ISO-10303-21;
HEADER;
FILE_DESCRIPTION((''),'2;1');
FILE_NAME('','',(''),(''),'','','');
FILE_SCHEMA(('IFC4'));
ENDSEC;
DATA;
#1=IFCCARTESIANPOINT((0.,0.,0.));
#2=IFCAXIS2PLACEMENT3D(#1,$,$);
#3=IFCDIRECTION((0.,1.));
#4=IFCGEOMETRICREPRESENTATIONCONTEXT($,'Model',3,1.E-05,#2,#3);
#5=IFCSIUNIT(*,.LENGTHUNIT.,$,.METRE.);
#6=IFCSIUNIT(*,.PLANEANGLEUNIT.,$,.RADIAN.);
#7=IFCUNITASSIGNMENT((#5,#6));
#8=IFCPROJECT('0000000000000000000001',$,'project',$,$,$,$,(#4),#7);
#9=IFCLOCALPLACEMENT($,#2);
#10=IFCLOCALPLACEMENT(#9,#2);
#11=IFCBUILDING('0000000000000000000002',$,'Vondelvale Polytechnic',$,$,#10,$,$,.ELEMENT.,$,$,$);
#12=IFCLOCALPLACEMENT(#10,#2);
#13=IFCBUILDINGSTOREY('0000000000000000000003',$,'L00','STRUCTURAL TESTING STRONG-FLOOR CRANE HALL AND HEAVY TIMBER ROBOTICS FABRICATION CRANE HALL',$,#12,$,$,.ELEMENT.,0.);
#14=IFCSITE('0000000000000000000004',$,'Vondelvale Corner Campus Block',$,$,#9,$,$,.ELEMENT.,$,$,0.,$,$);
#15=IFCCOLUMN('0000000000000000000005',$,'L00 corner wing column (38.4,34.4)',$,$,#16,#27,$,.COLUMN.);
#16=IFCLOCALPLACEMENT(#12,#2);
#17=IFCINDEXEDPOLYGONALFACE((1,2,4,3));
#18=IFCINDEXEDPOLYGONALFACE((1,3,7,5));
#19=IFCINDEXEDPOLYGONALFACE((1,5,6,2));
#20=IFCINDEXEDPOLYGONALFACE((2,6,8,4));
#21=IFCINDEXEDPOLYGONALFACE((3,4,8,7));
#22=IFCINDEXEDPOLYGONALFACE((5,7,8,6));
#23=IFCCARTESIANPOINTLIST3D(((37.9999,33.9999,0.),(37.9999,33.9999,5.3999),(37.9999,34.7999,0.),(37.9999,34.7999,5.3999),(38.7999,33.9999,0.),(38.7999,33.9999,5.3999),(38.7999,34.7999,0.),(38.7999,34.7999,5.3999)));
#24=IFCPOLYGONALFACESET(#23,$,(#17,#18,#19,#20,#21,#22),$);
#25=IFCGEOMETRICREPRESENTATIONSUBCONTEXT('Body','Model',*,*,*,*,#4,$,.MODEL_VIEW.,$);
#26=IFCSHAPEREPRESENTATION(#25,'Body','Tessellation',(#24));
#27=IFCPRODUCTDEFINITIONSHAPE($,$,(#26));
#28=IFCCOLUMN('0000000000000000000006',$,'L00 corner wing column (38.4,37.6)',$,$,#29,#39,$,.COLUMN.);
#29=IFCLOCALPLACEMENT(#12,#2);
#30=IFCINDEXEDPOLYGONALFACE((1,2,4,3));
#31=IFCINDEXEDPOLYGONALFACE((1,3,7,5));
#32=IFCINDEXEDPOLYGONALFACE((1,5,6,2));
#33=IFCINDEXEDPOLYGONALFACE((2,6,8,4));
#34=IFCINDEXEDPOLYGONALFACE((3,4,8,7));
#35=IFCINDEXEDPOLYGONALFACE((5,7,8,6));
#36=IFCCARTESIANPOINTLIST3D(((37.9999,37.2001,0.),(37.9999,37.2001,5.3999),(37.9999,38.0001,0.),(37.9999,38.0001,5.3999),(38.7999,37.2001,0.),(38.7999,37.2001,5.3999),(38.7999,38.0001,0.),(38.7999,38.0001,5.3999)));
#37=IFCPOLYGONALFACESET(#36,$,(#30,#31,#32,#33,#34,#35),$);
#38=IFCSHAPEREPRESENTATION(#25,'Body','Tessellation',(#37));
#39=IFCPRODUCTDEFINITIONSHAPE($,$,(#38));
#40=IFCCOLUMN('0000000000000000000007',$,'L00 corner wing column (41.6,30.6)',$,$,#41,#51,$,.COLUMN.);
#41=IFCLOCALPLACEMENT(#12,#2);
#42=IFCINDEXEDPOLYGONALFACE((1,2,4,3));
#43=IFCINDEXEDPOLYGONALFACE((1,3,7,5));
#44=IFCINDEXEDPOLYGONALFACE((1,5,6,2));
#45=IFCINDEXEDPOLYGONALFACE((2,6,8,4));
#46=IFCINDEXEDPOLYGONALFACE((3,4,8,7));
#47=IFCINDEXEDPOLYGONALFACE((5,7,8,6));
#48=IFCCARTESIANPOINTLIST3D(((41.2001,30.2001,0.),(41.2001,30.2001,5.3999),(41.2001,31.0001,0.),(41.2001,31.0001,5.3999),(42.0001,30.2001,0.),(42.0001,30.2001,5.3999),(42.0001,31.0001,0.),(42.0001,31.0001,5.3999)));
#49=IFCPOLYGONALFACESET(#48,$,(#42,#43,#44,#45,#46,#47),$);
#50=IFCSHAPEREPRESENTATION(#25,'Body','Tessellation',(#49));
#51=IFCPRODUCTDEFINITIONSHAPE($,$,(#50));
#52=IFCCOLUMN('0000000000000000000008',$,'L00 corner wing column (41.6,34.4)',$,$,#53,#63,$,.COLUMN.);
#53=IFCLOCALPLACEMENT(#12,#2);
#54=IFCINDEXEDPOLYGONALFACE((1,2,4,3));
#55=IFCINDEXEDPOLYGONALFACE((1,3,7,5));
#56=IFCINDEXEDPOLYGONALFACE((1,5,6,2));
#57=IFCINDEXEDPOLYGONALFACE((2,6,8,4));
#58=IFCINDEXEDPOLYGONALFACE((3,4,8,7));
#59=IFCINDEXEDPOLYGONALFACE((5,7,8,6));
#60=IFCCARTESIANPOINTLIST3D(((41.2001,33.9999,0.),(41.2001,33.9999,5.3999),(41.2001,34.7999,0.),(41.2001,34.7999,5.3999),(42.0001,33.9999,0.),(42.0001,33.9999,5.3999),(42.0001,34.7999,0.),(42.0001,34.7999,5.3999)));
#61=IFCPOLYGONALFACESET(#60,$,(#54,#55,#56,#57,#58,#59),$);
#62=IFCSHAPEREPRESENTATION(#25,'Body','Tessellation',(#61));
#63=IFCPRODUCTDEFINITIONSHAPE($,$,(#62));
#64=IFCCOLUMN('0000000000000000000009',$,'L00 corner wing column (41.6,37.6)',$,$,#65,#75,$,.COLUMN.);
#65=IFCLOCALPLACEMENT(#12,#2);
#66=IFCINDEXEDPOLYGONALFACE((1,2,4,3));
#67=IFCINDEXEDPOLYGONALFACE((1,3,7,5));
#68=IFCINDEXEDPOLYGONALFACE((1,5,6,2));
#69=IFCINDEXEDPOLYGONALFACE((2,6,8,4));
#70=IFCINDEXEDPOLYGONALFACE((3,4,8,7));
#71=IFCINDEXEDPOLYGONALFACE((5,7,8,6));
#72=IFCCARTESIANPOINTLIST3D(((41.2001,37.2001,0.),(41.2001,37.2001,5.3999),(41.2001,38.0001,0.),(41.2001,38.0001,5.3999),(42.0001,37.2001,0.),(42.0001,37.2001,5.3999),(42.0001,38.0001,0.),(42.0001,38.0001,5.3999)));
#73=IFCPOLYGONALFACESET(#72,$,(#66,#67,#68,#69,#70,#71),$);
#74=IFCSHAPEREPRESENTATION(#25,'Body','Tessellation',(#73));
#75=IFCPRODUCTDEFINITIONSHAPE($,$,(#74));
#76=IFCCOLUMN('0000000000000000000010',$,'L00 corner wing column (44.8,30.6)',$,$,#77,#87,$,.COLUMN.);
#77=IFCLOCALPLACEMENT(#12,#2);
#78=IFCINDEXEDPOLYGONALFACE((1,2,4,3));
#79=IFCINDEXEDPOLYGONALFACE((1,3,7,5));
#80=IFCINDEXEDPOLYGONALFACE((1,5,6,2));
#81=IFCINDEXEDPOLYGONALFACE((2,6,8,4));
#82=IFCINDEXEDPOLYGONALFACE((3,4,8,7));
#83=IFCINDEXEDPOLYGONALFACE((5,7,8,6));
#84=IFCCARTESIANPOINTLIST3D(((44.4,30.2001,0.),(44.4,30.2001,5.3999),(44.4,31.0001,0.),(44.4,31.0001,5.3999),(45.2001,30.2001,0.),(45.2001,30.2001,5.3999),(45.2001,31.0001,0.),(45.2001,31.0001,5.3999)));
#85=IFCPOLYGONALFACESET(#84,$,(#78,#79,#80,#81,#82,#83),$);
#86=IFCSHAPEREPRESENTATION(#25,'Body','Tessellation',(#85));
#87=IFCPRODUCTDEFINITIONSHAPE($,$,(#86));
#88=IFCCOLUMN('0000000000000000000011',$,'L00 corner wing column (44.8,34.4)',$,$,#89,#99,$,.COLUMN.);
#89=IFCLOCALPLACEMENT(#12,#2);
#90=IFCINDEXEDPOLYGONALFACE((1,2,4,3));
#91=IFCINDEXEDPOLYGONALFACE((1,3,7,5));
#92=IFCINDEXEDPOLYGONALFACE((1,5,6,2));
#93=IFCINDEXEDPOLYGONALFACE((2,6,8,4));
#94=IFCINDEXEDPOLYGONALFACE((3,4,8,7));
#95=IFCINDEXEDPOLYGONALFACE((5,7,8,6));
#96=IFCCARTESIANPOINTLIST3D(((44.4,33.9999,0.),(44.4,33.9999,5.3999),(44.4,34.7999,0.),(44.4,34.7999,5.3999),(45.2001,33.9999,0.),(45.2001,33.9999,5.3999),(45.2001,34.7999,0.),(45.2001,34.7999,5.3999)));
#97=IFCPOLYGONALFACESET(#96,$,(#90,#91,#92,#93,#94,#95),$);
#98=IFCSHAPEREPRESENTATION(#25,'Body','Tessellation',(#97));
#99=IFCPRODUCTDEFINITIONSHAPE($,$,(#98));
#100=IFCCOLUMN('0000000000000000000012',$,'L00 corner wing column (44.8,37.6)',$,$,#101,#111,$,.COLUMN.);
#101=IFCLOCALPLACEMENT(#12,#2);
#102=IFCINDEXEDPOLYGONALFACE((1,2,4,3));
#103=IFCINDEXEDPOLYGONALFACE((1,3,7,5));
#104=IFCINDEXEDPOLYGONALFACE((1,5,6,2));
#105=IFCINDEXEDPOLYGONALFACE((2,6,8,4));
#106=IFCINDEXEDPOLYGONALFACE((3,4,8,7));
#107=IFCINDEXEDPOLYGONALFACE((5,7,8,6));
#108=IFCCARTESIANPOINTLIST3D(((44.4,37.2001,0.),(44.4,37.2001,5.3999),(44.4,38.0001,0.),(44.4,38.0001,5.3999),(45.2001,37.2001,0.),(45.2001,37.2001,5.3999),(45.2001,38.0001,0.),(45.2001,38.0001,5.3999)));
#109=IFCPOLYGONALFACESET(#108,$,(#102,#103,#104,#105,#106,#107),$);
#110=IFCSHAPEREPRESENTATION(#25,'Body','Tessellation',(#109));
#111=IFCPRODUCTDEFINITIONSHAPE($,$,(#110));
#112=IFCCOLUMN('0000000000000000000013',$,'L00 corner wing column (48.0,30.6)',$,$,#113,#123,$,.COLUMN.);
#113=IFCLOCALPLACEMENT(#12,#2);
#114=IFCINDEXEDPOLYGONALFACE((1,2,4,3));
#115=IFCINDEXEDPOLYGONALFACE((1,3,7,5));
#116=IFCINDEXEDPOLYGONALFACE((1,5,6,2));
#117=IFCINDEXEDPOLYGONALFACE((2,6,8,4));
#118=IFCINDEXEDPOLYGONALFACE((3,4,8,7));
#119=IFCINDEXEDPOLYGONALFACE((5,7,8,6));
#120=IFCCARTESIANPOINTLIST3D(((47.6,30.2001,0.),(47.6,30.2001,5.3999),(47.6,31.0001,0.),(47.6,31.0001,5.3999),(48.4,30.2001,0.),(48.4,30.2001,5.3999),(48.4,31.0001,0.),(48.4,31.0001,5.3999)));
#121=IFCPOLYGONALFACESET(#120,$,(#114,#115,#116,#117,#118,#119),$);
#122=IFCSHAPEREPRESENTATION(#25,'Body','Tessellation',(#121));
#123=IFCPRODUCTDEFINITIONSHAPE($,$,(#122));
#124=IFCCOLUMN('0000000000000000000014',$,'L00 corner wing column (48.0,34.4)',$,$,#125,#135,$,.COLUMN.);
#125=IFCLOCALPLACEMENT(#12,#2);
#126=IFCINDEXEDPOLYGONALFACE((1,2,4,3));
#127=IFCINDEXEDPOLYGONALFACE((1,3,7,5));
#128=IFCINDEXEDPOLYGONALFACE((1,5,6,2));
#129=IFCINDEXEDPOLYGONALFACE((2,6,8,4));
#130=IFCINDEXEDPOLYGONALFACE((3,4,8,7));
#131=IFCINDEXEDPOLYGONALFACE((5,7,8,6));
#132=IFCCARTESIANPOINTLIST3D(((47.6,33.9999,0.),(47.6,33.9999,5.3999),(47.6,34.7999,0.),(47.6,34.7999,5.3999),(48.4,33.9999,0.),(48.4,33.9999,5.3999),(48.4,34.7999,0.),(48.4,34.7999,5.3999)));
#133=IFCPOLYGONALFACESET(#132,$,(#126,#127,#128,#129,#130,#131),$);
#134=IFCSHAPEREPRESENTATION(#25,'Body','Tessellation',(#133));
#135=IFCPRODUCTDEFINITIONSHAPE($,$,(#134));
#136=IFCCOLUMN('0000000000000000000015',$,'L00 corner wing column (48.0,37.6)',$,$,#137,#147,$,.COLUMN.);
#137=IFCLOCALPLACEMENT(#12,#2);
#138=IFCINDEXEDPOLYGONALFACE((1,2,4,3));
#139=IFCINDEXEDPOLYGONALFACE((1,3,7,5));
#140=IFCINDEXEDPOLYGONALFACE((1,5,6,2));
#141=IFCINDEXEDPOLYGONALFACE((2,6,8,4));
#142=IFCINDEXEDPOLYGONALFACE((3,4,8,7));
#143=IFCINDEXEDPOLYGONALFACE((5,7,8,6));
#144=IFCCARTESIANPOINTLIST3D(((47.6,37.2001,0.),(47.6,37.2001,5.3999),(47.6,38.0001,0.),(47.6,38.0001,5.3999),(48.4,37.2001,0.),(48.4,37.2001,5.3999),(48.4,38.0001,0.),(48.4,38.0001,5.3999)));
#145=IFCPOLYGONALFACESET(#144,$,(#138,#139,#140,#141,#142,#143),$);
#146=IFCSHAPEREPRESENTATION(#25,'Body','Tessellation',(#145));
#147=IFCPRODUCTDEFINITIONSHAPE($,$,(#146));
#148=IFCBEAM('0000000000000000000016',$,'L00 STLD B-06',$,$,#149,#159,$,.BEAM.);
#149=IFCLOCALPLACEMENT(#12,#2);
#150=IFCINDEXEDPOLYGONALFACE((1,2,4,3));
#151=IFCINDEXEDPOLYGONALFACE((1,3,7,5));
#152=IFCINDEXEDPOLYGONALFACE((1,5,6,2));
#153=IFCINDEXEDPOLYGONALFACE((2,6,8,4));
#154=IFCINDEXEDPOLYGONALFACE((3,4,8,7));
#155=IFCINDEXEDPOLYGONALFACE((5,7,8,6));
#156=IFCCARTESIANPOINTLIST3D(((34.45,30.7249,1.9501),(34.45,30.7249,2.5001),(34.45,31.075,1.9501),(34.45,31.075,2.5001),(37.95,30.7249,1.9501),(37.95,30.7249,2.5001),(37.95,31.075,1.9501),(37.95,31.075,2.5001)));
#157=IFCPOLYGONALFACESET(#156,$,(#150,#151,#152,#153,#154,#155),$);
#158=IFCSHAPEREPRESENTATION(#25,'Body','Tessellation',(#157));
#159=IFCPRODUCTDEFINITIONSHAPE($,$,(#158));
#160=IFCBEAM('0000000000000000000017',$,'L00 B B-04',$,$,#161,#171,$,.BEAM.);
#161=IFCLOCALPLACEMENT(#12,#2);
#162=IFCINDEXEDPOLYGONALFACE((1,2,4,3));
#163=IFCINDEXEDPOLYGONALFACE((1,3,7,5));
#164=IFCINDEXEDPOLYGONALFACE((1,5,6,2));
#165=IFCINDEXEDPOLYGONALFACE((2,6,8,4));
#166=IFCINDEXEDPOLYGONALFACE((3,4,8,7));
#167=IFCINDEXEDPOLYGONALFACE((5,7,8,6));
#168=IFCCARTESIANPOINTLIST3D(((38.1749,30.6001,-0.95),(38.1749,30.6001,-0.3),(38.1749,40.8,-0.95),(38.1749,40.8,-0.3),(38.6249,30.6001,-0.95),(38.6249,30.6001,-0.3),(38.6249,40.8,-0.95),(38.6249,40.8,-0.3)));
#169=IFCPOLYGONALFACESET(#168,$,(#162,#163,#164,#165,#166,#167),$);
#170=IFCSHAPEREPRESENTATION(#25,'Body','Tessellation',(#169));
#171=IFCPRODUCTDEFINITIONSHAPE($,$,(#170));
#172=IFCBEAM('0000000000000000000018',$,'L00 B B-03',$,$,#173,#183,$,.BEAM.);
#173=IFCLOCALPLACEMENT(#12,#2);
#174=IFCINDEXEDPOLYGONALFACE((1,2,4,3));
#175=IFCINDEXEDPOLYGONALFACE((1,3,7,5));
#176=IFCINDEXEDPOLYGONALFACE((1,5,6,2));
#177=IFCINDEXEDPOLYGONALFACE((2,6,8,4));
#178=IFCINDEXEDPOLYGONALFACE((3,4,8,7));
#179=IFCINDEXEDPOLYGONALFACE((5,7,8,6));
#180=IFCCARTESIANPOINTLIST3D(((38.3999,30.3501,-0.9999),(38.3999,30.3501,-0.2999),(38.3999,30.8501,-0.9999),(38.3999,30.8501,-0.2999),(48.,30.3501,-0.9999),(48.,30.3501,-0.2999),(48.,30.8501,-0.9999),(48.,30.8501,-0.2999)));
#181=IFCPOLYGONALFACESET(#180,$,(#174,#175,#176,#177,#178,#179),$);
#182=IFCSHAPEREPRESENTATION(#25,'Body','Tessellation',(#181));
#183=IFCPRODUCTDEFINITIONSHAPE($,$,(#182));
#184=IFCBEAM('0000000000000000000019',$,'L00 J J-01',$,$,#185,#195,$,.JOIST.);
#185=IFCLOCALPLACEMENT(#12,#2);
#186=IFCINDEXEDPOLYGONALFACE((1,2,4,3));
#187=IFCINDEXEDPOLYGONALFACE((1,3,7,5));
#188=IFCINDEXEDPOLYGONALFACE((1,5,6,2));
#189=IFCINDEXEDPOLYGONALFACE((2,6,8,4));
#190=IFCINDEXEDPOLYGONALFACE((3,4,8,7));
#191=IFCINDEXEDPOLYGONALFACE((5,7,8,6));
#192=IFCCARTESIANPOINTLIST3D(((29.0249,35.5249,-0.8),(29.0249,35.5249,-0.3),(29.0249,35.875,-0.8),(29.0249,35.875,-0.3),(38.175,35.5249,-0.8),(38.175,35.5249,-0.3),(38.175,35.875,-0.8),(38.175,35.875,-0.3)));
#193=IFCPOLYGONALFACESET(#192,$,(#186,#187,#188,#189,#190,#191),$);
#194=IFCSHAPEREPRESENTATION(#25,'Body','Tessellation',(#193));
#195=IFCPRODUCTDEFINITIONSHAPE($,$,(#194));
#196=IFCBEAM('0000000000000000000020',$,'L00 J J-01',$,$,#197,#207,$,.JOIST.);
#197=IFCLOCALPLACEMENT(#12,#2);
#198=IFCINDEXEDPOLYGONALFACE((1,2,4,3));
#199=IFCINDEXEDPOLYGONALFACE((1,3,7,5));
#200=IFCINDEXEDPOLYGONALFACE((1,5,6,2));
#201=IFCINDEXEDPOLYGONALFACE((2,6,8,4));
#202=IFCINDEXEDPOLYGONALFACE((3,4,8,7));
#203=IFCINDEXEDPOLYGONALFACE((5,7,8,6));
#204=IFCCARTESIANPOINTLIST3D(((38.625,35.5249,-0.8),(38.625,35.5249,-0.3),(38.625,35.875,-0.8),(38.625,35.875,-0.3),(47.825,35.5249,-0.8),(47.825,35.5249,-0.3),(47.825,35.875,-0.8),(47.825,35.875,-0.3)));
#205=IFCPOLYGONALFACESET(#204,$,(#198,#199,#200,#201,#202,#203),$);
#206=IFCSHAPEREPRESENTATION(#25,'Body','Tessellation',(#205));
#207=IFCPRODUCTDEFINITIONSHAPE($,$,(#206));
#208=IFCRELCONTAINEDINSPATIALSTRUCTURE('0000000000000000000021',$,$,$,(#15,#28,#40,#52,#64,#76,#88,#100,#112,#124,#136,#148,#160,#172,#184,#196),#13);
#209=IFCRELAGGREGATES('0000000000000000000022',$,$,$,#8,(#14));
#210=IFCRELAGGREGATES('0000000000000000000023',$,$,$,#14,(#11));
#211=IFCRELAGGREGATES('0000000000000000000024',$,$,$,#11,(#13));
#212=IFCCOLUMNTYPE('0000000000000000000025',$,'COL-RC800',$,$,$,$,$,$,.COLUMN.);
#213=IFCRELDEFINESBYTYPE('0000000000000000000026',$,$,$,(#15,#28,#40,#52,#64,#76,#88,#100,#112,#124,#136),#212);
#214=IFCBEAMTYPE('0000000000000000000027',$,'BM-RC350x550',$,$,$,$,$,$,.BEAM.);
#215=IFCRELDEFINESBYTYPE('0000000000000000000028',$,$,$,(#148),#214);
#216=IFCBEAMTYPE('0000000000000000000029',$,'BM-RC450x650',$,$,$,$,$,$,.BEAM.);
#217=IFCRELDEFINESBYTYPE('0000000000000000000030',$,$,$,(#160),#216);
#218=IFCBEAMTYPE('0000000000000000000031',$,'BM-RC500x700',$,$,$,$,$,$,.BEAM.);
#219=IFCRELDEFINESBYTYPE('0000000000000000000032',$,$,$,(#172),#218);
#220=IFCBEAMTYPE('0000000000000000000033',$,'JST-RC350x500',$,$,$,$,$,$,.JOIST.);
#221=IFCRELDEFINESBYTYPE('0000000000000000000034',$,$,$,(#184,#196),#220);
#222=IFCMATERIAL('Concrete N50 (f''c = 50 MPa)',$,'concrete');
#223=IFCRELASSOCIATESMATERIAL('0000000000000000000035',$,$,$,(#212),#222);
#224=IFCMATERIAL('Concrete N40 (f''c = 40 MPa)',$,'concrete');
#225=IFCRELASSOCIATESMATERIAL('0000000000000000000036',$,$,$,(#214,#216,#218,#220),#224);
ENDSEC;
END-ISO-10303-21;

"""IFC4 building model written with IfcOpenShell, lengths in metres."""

from ifc_helpers import new_model, si_unit, direction, frame, origin, origin_2d, place, context, subcontext, project, spatial, rectangle, extrude, material, material_profile, profile_set, type_object, element, save


model = new_model("IFC4")

# Units and contexts
model_context = context("Model", 3, precision=1e-05, world=origin(), true_north=direction((0.0, 1.0)))
body_context = subcontext(model_context, "Body", "Model", "MODEL_VIEW")
ifc_project = project(units=[si_unit("LENGTHUNIT", "METRE"), si_unit("PLANEANGLEUNIT", "RADIAN")], contexts=[model_context])

# Site, building, storey
site_placement = place(None, origin())
site = spatial("IfcSite", under=ifc_project, at=site_placement, Name="Vondelvale Corner Campus Block", CompositionType="ELEMENT", RefElevation=0.0)
building_placement = place(site_placement, origin())
building = spatial("IfcBuilding", under=site, at=building_placement, Name="Vondelvale Polytechnic", CompositionType="ELEMENT")
storey_placement = place(building_placement, origin())
storey = spatial("IfcBuildingStorey", under=building, at=storey_placement, Name="L00", Description="STRUCTURAL TESTING STRONG-FLOOR CRANE HALL AND HEAVY TIMBER ROBOTICS FABRICATION CRANE HALL", CompositionType="ELEMENT", Elevation=0.0)

# Columns
ifc_material_1 = material(Name="Concrete N50 (f'c = 50 MPa)", Category="concrete")
ifc_material_profile_1 = material_profile(ifc_material_1, rectangle(XDim=0.8, YDim=0.8, at=origin_2d()), Name="RC-COL-800x800")
ifc_profile_set_1 = profile_set([ifc_material_profile_1], Name="Concrete N50 (f'c = 50 MPa)")
column_type = type_object("IfcColumnType", Name="COL-RC800", PredefinedType="COLUMN", material=ifc_profile_set_1)
for number, where, z_axis, x_axis, name in (
    (1, (38.3999, 34.3999, 0.0), (0.0, 0.0, 1.0), (1.0, 0.0, 0.0), "L00 corner wing column (38.4,34.4)"),
    (2, (38.3999, 37.6001, 0.0), (0.0, 0.0, 1.0), (1.0, 0.0, 0.0), "L00 corner wing column (38.4,37.6)"),
    (3, (41.6001, 30.6001, 0.0), (0.0, 0.0, 1.0), (1.0, 0.0, 0.0), "L00 corner wing column (41.6,30.6)"),
    (4, (41.6001, 34.3999, 0.0), (0.0, 0.0, 1.0), (1.0, 0.0, 0.0), "L00 corner wing column (41.6,34.4)"),
    (5, (41.6001, 37.6001, 0.0), (0.0, 0.0, 1.0), (1.0, 0.0, 0.0), "L00 corner wing column (41.6,37.6)"),
    (6, (44.8, 30.6001, 0.0), (0.0, 0.0, 1.0), (1.0, 0.0, 0.0), "L00 corner wing column (44.8,30.6)"),
    (7, (44.8, 34.3999, 0.0), (0.0, 0.0, 1.0), (1.0, 0.0, 0.0), "L00 corner wing column (44.8,34.4)"),
    (8, (44.8, 37.6001, 0.0), (0.0, 0.0, 1.0), (1.0, 0.0, 0.0), "L00 corner wing column (44.8,37.6)"),
    (9, (48.0, 30.6001, 0.0), (0.0, 0.0, 1.0), (1.0, 0.0, 0.0), "L00 corner wing column (48.0,30.6)"),
    (10, (48.0, 34.3999, 0.0), (0.0, 0.0, 1.0), (1.0, 0.0, 0.0), "L00 corner wing column (48.0,34.4)"),
    (11, (48.0, 37.6001, 0.0), (0.0, 0.0, 1.0), (1.0, 0.0, 0.0), "L00 corner wing column (48.0,37.6)"),
):
    element("IfcColumn", number, at=place(storey_placement, frame(where, z_axis=z_axis, x_axis=x_axis)), inside=storey, type_object=column_type, Name=name, PredefinedType="COLUMN", context=body_context, shape_type="SweptSolid", body=[
        extrude(rectangle(XDim=0.8, YDim=0.8, at=origin_2d()), origin(), (0.0, 0.0, 1.0), 5.3999),
    ])

# Beams
ifc_material_2 = material(Name="Concrete N40 (f'c = 40 MPa)", Category="concrete")
ifc_material_profile_2 = material_profile(ifc_material_2, rectangle(XDim=0.3501, YDim=0.55, at=origin_2d()), Name="RC-BM-350x550")
ifc_profile_set_2 = profile_set([ifc_material_profile_2], Name="Concrete N40 (f'c = 40 MPa)")
beam_type_1 = type_object("IfcBeamType", Name="BM-RC350x550", PredefinedType="BEAM", material=ifc_profile_set_2)
beam_1_placement = place(storey_placement, frame((37.95, 30.8999, 2.2251), z_axis=(-1.0, 0.0, 0.0), x_axis=(0.0, -1.0, 0.0)))
element("IfcBeam", 12, at=beam_1_placement, inside=storey, type_object=beam_type_1, Name="L00 STLD B-06", PredefinedType="BEAM", context=body_context, shape_type="SweptSolid", body=[
    extrude(rectangle(XDim=0.3501, YDim=0.55, at=origin_2d()), origin(), (0.0, 0.0, 1.0), 3.5),
])
ifc_material_profile_3 = material_profile(ifc_material_2, rectangle(XDim=0.45, YDim=0.6499, at=origin_2d()), Name="RC-BM-450x650")
ifc_profile_set_3 = profile_set([ifc_material_profile_3], Name="Concrete N40 (f'c = 40 MPa)")
beam_type_2 = type_object("IfcBeamType", Name="BM-RC450x650", PredefinedType="BEAM", material=ifc_profile_set_3)
beam_2_placement = place(storey_placement, frame((38.3999, 30.6001, -0.625), z_axis=(0.0, 1.0, 0.0), x_axis=(-1.0, 0.0, 0.0)))
element("IfcBeam", 13, at=beam_2_placement, inside=storey, type_object=beam_type_2, Name="L00 B B-04", PredefinedType="BEAM", context=body_context, shape_type="SweptSolid", body=[
    extrude(rectangle(XDim=0.45, YDim=0.6499, at=origin_2d()), origin(), (0.0, 0.0, 1.0), 10.2),
])
ifc_material_profile_4 = material_profile(ifc_material_2, rectangle(XDim=0.5, YDim=0.7, at=origin_2d()), Name="RC-BM-500x700")
ifc_profile_set_4 = profile_set([ifc_material_profile_4], Name="Concrete N40 (f'c = 40 MPa)")
beam_type_3 = type_object("IfcBeamType", Name="BM-RC500x700", PredefinedType="BEAM", material=ifc_profile_set_4)
beam_3_placement = place(storey_placement, frame((38.3999, 30.6001, -0.6499), z_axis=(1.0, 0.0, 0.0), x_axis=(0.0, 1.0, 0.0)))
element("IfcBeam", 14, at=beam_3_placement, inside=storey, type_object=beam_type_3, Name="L00 B B-03", PredefinedType="BEAM", context=body_context, shape_type="SweptSolid", body=[
    extrude(rectangle(XDim=0.5, YDim=0.7, at=origin_2d()), origin(), (0.0, 0.0, 1.0), 9.6001),
])
ifc_material_profile_5 = material_profile(ifc_material_2, rectangle(XDim=0.3501, YDim=0.5, at=origin_2d()), Name="RC-JST-350x500")
ifc_profile_set_5 = profile_set([ifc_material_profile_5], Name="Concrete N40 (f'c = 40 MPa)")
beam_type_4 = type_object("IfcBeamType", Name="JST-RC350x500", PredefinedType="JOIST", material=ifc_profile_set_5)
beam_4_placement = place(storey_placement, frame((29.0249, 35.7, -0.55), z_axis=(1.0, 0.0, 0.0), x_axis=(0.0, 1.0, 0.0)))
element("IfcBeam", 15, at=beam_4_placement, inside=storey, type_object=beam_type_4, Name="L00 J J-01", PredefinedType="JOIST", context=body_context, shape_type="SweptSolid", body=[
    extrude(rectangle(XDim=0.3501, YDim=0.5, at=origin_2d()), origin(), (0.0, 0.0, 1.0), 9.1501),
])
beam_5_placement = place(storey_placement, frame((38.625, 35.7, -0.55), z_axis=(1.0, 0.0, 0.0), x_axis=(0.0, 1.0, 0.0)))
element("IfcBeam", 16, at=beam_5_placement, inside=storey, type_object=beam_type_4, Name="L00 J J-01", PredefinedType="JOIST", context=body_context, shape_type="SweptSolid", body=[
    extrude(rectangle(XDim=0.3501, YDim=0.5, at=origin_2d()), origin(), (0.0, 0.0, 1.0), 9.2),
])

save(model, "model.ifc")
